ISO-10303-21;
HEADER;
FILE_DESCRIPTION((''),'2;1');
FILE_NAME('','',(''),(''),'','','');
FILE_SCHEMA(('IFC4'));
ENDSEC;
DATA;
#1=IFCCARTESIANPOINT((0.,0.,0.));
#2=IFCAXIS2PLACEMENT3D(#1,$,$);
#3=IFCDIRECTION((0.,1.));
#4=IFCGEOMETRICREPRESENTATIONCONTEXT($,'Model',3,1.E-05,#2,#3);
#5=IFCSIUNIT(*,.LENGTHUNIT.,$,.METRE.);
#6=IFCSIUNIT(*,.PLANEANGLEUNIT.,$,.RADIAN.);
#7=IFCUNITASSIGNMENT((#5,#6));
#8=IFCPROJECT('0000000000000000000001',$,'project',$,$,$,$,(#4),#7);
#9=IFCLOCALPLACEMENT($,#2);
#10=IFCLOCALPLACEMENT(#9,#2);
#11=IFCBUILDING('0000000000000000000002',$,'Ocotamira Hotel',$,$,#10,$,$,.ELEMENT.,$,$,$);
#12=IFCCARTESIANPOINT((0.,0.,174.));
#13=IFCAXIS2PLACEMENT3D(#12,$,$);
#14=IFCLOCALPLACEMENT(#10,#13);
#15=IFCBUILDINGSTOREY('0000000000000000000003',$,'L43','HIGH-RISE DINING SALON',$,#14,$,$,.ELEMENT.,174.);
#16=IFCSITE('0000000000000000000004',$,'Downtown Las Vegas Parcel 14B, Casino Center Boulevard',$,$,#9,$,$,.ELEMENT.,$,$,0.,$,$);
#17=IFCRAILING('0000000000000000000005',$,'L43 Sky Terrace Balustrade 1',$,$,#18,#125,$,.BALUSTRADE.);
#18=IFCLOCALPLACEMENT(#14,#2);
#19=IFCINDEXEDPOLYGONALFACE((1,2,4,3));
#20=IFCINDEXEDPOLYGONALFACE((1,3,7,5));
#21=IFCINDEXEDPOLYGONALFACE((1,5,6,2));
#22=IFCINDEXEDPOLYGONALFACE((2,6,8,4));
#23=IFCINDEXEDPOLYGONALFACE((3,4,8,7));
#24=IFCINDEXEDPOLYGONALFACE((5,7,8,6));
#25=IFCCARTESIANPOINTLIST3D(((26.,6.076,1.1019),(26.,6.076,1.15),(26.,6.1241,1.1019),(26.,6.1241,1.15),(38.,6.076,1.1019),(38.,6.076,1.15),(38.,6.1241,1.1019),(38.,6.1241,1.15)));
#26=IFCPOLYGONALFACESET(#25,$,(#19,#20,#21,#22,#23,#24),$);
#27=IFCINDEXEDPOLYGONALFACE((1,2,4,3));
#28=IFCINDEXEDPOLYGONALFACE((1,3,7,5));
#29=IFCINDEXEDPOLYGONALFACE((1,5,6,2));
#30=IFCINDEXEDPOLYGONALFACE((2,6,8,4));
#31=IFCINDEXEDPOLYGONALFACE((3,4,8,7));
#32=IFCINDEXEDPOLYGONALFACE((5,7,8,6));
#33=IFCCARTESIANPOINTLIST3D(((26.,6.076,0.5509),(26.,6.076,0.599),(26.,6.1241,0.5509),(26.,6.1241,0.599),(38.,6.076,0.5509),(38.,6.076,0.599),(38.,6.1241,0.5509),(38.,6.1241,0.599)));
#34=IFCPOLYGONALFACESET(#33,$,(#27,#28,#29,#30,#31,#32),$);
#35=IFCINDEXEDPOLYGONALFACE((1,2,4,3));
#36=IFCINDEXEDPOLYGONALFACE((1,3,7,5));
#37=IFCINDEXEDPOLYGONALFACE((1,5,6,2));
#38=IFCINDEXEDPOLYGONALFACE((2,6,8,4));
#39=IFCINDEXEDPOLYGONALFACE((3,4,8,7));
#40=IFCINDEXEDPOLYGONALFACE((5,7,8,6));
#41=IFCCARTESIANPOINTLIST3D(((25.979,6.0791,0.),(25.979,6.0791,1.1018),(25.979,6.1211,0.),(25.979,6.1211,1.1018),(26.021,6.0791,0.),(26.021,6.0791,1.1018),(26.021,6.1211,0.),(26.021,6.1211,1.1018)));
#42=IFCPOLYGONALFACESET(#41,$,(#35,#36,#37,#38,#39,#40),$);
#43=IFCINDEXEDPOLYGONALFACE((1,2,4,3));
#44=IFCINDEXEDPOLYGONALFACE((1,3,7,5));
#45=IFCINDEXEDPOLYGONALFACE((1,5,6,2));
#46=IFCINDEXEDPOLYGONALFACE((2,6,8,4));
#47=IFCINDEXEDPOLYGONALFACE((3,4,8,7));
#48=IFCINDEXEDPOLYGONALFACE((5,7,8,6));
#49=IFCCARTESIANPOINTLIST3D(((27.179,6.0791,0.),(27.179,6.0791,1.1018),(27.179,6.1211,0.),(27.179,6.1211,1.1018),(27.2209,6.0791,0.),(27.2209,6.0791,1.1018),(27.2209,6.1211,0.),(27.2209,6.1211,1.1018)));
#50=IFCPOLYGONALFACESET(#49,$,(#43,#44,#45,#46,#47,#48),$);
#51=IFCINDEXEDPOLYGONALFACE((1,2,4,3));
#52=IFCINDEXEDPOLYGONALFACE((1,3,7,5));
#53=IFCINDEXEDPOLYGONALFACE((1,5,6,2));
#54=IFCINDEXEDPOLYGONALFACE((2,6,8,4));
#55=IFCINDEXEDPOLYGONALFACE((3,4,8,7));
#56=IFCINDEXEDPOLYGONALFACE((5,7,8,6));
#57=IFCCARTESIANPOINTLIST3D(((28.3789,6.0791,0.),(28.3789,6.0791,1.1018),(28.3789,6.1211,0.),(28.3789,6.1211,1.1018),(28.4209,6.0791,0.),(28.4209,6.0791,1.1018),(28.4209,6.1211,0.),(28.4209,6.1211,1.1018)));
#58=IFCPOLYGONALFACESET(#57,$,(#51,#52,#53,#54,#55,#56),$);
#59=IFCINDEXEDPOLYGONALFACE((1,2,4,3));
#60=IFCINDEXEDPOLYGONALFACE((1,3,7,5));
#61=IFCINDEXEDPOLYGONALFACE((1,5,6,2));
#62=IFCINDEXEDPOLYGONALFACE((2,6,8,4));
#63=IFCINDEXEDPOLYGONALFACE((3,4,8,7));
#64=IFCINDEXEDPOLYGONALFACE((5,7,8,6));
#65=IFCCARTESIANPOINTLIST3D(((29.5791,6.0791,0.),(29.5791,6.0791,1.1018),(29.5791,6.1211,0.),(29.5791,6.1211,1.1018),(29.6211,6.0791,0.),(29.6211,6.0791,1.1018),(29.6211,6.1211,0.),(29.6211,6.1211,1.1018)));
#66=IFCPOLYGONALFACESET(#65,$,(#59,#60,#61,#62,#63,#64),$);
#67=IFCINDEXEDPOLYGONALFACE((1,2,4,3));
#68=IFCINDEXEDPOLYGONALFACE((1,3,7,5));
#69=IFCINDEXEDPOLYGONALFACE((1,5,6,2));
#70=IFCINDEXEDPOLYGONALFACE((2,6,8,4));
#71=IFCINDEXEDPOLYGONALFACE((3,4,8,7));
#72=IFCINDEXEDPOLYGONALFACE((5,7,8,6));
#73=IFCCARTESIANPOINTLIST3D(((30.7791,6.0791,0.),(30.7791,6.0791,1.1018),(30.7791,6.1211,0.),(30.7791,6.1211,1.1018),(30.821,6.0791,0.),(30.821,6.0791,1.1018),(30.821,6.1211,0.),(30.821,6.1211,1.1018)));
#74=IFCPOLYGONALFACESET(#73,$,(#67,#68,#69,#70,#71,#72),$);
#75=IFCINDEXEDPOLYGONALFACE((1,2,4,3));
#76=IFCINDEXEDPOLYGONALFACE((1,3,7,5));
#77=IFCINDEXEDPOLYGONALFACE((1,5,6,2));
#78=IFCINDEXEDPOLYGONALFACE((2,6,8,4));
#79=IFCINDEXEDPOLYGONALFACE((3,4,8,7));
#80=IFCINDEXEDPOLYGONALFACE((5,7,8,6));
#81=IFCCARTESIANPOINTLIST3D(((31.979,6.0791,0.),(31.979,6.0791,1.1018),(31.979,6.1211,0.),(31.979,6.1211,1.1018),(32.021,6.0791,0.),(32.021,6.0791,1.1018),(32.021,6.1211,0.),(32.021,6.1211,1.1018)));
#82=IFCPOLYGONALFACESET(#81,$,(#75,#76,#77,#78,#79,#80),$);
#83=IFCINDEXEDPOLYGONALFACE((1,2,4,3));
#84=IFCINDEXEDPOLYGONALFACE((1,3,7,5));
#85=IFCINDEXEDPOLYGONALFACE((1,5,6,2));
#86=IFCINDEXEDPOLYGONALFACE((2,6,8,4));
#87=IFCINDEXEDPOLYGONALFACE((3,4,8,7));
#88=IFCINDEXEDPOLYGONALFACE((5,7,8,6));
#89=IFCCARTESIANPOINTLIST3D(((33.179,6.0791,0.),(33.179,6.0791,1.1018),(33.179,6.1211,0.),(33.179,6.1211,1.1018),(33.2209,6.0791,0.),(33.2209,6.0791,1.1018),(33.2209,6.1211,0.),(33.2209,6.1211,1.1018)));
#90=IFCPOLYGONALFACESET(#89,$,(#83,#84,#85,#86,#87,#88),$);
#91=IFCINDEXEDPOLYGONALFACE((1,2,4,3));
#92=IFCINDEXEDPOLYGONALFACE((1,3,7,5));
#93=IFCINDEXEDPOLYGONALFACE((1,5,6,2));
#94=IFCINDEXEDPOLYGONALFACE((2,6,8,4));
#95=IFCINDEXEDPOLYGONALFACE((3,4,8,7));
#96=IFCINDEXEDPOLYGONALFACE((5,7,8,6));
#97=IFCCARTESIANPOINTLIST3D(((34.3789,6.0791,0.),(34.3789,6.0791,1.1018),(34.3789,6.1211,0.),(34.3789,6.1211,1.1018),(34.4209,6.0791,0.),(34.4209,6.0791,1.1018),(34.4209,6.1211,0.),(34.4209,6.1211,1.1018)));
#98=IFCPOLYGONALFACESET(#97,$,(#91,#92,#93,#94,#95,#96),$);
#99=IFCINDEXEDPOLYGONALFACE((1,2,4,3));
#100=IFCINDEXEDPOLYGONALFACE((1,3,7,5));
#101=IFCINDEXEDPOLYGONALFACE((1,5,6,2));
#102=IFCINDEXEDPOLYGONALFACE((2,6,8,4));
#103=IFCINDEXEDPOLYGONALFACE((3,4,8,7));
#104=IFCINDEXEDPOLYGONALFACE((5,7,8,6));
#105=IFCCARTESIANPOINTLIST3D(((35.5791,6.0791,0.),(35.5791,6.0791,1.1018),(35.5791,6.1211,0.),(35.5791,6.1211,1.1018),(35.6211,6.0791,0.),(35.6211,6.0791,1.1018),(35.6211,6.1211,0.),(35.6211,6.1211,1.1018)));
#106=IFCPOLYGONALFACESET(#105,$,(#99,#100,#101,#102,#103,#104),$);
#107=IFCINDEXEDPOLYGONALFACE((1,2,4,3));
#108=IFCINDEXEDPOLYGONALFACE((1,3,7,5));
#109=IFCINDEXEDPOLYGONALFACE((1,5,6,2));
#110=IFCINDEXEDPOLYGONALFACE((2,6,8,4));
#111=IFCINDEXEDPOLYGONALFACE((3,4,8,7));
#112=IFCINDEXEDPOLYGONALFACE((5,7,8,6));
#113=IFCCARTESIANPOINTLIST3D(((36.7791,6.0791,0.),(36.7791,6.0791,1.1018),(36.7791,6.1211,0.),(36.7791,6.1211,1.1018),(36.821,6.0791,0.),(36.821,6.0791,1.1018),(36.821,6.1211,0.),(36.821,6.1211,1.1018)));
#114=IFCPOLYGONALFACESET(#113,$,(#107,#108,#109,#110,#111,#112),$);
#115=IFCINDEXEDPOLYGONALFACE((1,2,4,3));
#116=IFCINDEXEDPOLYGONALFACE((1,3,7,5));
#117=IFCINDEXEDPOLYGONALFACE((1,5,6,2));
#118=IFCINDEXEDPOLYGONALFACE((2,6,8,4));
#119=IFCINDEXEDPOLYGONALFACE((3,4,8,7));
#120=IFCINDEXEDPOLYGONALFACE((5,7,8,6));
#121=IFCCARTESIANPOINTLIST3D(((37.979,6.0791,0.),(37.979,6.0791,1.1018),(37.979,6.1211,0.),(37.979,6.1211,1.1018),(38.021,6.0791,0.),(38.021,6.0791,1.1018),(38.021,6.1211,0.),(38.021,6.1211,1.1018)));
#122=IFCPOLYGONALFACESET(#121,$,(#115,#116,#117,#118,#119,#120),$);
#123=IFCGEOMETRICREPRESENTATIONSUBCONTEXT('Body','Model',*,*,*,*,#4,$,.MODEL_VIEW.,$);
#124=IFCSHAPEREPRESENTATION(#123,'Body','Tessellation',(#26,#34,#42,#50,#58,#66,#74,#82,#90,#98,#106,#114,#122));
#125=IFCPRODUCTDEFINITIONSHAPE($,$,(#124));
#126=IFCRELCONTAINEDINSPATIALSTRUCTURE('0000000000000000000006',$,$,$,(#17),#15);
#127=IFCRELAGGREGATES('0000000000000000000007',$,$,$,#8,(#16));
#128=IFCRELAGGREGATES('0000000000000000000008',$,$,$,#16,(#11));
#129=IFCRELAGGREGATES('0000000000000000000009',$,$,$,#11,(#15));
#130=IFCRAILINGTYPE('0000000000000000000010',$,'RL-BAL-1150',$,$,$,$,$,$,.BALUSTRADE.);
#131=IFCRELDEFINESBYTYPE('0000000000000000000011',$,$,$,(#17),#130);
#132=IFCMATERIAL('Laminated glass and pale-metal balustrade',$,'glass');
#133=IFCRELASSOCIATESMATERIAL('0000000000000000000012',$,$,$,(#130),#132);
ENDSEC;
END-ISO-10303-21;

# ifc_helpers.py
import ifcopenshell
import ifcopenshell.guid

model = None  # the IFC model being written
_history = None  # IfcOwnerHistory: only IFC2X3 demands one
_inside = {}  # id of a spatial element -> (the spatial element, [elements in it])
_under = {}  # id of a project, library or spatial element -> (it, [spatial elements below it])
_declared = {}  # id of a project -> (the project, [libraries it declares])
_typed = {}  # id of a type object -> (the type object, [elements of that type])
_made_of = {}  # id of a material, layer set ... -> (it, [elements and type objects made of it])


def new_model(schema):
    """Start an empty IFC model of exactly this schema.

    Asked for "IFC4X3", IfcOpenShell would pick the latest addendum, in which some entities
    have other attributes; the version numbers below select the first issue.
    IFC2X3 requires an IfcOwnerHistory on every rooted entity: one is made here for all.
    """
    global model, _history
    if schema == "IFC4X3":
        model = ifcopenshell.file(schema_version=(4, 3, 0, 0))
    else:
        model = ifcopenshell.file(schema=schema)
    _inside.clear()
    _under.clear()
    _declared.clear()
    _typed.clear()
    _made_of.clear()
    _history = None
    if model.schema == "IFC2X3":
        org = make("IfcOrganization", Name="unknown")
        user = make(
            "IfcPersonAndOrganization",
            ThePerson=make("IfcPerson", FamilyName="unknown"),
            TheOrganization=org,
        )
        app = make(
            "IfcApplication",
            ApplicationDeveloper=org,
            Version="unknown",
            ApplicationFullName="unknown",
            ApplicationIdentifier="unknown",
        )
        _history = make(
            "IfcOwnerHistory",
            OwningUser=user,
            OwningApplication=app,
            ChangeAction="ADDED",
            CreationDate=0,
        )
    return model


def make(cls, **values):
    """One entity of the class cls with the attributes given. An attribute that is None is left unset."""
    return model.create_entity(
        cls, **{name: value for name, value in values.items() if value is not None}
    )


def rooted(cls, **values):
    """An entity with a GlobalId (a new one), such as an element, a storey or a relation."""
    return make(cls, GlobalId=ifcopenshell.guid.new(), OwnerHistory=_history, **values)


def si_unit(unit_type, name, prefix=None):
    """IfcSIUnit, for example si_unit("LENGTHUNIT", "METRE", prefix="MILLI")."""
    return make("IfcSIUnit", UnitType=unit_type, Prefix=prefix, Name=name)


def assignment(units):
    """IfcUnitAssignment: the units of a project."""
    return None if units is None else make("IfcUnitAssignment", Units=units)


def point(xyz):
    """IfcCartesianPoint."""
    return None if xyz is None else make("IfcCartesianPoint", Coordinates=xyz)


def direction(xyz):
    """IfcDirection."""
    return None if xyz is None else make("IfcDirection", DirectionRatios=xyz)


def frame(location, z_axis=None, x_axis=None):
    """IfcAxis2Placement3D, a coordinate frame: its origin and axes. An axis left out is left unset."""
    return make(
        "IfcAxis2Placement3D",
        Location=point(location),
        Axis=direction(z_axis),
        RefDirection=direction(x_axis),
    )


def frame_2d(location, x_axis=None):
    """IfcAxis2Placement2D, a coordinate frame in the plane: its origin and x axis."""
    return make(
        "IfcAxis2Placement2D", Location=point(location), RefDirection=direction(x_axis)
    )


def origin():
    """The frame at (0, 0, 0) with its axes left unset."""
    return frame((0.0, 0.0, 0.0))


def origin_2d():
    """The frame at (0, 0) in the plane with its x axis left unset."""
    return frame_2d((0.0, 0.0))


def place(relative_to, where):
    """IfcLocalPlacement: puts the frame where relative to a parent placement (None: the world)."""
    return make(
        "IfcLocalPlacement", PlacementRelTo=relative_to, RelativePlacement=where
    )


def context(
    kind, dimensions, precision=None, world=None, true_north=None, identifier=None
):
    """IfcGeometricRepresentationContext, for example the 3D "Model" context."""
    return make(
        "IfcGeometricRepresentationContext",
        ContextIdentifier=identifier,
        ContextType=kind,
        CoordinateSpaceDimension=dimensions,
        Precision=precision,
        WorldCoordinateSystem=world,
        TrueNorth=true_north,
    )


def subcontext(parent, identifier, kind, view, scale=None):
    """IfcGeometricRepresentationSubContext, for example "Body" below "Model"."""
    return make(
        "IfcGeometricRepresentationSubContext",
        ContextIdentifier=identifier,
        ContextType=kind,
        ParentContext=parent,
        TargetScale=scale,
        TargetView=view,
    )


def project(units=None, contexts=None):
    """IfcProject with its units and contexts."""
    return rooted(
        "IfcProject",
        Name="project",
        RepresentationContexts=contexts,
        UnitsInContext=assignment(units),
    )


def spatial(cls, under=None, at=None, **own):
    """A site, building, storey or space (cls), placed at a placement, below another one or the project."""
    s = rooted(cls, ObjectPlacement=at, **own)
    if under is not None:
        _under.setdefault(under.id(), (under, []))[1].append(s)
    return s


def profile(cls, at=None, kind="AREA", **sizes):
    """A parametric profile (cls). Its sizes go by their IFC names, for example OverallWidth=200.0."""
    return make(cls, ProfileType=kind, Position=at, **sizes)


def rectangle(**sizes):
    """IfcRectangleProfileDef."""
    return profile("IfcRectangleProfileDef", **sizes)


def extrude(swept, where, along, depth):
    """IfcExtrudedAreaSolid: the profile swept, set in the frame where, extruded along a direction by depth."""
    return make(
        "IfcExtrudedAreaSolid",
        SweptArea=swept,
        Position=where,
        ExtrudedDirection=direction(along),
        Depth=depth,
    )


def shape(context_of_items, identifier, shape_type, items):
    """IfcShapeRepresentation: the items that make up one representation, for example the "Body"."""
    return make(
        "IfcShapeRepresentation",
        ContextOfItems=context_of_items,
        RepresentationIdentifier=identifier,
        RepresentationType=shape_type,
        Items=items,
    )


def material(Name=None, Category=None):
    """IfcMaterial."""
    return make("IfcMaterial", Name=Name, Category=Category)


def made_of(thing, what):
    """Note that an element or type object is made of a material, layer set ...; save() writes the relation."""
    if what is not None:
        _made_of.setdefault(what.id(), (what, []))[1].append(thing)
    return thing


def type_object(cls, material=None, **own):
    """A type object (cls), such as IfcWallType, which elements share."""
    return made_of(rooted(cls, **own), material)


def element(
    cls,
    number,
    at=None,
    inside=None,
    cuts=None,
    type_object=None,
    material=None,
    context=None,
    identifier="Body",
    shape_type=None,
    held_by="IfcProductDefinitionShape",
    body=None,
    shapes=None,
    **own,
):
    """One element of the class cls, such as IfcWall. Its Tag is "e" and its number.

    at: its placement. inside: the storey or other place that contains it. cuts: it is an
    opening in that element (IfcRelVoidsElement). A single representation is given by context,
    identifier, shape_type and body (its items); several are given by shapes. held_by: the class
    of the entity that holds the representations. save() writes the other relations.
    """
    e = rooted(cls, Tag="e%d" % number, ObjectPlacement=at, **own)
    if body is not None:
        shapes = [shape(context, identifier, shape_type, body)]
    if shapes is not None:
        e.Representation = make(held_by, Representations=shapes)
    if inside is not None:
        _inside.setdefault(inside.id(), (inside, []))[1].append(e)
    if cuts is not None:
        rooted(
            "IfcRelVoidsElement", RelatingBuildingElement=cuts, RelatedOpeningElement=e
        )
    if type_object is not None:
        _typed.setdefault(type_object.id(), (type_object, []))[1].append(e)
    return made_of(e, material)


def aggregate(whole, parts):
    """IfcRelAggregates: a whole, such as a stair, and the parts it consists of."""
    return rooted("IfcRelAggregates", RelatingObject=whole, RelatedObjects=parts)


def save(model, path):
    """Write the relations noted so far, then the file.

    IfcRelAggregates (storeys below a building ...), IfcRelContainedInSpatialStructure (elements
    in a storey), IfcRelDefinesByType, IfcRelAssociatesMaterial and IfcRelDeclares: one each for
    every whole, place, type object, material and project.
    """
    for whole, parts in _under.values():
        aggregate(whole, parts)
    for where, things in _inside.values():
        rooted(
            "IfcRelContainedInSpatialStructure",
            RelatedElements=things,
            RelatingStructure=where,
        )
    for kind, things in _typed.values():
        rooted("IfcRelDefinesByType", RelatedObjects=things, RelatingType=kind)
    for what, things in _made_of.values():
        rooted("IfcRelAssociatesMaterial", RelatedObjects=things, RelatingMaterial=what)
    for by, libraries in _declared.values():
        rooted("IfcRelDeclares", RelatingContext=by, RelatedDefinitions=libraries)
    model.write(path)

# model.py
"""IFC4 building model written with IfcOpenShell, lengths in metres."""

from ifc_helpers import new_model, si_unit, direction, frame, origin, origin_2d, place, context, subcontext, project, spatial, rectangle, extrude, material, type_object, element, save


model = new_model("IFC4")

# Units and contexts
model_context = context("Model", 3, precision=1e-05, world=origin(), true_north=direction((0.0, 1.0)))
body_context = subcontext(model_context, "Body", "Model", "MODEL_VIEW")
ifc_project = project(units=[si_unit("LENGTHUNIT", "METRE"), si_unit("PLANEANGLEUNIT", "RADIAN")], contexts=[model_context])

# Site, building, storey
site_placement = place(None, origin())
site = spatial("IfcSite", under=ifc_project, at=site_placement, Name="Downtown Las Vegas Parcel 14B, Casino Center Boulevard", CompositionType="ELEMENT", RefElevation=0.0)
building_placement = place(site_placement, origin())
building = spatial("IfcBuilding", under=site, at=building_placement, Name="Ocotamira Hotel", CompositionType="ELEMENT")
storey_placement = place(building_placement, frame((0.0, 0.0, 174.0)))
storey = spatial("IfcBuildingStorey", under=building, at=storey_placement, Name="L43", Description="HIGH-RISE DINING SALON", CompositionType="ELEMENT", Elevation=174.0)

# Railing
ifc_material_1 = material(Name="Laminated glass and pale-metal balustrade", Category="glass")
railing_type_1 = type_object("IfcRailingType", Name="RL-BAL-1150", PredefinedType="BALUSTRADE", material=ifc_material_1)
railing_1_placement = place(storey_placement, frame((26.0, 6.1001, 0.0)))
element("IfcRailing", 1, at=railing_1_placement, inside=storey, type_object=railing_type_1, Name="L43 Sky Terrace Balustrade 1", PredefinedType="BALUSTRADE", context=body_context, shape_type="SweptSolid", body=[
    extrude(rectangle(XDim=0.0481, YDim=0.0481, at=origin_2d()), frame((0.0, 0.0, 1.126), z_axis=(1.0, 0.0, 0.0), x_axis=(0.0, 1.0, 0.0)), (0.0, 0.0, 1.0), 12.0),
    extrude(rectangle(XDim=0.0481, YDim=0.0481, at=origin_2d()), frame((0.0, 0.0, 0.575), z_axis=(1.0, 0.0, 0.0), x_axis=(0.0, 1.0, 0.0)), (0.0, 0.0, 1.0), 12.0),
    extrude(rectangle(XDim=0.042, YDim=0.042, at=origin_2d()), origin(), (0.0, 0.0, 1.0), 1.1018),
    extrude(rectangle(XDim=0.042, YDim=0.042, at=origin_2d()), frame((1.2, 0.0, 0.0)), (0.0, 0.0, 1.0), 1.1018),
    extrude(rectangle(XDim=0.042, YDim=0.042, at=origin_2d()), frame((2.3999, 0.0, 0.0)), (0.0, 0.0, 1.0), 1.1018),
    extrude(rectangle(XDim=0.042, YDim=0.042, at=origin_2d()), frame((3.6001, 0.0, 0.0)), (0.0, 0.0, 1.0), 1.1018),
    extrude(rectangle(XDim=0.042, YDim=0.042, at=origin_2d()), frame((4.8, 0.0, 0.0)), (0.0, 0.0, 1.0), 1.1018),
    extrude(rectangle(XDim=0.042, YDim=0.042, at=origin_2d()), frame((6.0, 0.0, 0.0)), (0.0, 0.0, 1.0), 1.1018),
    extrude(rectangle(XDim=0.042, YDim=0.042, at=origin_2d()), frame((7.2, 0.0, 0.0)), (0.0, 0.0, 1.0), 1.1018),
    extrude(rectangle(XDim=0.042, YDim=0.042, at=origin_2d()), frame((8.3999, 0.0, 0.0)), (0.0, 0.0, 1.0), 1.1018),
    extrude(rectangle(XDim=0.042, YDim=0.042, at=origin_2d()), frame((9.6001, 0.0, 0.0)), (0.0, 0.0, 1.0), 1.1018),
    extrude(rectangle(XDim=0.042, YDim=0.042, at=origin_2d()), frame((10.8, 0.0, 0.0)), (0.0, 0.0, 1.0), 1.1018),
    extrude(rectangle(XDim=0.042, YDim=0.042, at=origin_2d()), frame((12.0, 0.0, 0.0)), (0.0, 0.0, 1.0), 1.1018),
])

save(model, "model.ifc")
